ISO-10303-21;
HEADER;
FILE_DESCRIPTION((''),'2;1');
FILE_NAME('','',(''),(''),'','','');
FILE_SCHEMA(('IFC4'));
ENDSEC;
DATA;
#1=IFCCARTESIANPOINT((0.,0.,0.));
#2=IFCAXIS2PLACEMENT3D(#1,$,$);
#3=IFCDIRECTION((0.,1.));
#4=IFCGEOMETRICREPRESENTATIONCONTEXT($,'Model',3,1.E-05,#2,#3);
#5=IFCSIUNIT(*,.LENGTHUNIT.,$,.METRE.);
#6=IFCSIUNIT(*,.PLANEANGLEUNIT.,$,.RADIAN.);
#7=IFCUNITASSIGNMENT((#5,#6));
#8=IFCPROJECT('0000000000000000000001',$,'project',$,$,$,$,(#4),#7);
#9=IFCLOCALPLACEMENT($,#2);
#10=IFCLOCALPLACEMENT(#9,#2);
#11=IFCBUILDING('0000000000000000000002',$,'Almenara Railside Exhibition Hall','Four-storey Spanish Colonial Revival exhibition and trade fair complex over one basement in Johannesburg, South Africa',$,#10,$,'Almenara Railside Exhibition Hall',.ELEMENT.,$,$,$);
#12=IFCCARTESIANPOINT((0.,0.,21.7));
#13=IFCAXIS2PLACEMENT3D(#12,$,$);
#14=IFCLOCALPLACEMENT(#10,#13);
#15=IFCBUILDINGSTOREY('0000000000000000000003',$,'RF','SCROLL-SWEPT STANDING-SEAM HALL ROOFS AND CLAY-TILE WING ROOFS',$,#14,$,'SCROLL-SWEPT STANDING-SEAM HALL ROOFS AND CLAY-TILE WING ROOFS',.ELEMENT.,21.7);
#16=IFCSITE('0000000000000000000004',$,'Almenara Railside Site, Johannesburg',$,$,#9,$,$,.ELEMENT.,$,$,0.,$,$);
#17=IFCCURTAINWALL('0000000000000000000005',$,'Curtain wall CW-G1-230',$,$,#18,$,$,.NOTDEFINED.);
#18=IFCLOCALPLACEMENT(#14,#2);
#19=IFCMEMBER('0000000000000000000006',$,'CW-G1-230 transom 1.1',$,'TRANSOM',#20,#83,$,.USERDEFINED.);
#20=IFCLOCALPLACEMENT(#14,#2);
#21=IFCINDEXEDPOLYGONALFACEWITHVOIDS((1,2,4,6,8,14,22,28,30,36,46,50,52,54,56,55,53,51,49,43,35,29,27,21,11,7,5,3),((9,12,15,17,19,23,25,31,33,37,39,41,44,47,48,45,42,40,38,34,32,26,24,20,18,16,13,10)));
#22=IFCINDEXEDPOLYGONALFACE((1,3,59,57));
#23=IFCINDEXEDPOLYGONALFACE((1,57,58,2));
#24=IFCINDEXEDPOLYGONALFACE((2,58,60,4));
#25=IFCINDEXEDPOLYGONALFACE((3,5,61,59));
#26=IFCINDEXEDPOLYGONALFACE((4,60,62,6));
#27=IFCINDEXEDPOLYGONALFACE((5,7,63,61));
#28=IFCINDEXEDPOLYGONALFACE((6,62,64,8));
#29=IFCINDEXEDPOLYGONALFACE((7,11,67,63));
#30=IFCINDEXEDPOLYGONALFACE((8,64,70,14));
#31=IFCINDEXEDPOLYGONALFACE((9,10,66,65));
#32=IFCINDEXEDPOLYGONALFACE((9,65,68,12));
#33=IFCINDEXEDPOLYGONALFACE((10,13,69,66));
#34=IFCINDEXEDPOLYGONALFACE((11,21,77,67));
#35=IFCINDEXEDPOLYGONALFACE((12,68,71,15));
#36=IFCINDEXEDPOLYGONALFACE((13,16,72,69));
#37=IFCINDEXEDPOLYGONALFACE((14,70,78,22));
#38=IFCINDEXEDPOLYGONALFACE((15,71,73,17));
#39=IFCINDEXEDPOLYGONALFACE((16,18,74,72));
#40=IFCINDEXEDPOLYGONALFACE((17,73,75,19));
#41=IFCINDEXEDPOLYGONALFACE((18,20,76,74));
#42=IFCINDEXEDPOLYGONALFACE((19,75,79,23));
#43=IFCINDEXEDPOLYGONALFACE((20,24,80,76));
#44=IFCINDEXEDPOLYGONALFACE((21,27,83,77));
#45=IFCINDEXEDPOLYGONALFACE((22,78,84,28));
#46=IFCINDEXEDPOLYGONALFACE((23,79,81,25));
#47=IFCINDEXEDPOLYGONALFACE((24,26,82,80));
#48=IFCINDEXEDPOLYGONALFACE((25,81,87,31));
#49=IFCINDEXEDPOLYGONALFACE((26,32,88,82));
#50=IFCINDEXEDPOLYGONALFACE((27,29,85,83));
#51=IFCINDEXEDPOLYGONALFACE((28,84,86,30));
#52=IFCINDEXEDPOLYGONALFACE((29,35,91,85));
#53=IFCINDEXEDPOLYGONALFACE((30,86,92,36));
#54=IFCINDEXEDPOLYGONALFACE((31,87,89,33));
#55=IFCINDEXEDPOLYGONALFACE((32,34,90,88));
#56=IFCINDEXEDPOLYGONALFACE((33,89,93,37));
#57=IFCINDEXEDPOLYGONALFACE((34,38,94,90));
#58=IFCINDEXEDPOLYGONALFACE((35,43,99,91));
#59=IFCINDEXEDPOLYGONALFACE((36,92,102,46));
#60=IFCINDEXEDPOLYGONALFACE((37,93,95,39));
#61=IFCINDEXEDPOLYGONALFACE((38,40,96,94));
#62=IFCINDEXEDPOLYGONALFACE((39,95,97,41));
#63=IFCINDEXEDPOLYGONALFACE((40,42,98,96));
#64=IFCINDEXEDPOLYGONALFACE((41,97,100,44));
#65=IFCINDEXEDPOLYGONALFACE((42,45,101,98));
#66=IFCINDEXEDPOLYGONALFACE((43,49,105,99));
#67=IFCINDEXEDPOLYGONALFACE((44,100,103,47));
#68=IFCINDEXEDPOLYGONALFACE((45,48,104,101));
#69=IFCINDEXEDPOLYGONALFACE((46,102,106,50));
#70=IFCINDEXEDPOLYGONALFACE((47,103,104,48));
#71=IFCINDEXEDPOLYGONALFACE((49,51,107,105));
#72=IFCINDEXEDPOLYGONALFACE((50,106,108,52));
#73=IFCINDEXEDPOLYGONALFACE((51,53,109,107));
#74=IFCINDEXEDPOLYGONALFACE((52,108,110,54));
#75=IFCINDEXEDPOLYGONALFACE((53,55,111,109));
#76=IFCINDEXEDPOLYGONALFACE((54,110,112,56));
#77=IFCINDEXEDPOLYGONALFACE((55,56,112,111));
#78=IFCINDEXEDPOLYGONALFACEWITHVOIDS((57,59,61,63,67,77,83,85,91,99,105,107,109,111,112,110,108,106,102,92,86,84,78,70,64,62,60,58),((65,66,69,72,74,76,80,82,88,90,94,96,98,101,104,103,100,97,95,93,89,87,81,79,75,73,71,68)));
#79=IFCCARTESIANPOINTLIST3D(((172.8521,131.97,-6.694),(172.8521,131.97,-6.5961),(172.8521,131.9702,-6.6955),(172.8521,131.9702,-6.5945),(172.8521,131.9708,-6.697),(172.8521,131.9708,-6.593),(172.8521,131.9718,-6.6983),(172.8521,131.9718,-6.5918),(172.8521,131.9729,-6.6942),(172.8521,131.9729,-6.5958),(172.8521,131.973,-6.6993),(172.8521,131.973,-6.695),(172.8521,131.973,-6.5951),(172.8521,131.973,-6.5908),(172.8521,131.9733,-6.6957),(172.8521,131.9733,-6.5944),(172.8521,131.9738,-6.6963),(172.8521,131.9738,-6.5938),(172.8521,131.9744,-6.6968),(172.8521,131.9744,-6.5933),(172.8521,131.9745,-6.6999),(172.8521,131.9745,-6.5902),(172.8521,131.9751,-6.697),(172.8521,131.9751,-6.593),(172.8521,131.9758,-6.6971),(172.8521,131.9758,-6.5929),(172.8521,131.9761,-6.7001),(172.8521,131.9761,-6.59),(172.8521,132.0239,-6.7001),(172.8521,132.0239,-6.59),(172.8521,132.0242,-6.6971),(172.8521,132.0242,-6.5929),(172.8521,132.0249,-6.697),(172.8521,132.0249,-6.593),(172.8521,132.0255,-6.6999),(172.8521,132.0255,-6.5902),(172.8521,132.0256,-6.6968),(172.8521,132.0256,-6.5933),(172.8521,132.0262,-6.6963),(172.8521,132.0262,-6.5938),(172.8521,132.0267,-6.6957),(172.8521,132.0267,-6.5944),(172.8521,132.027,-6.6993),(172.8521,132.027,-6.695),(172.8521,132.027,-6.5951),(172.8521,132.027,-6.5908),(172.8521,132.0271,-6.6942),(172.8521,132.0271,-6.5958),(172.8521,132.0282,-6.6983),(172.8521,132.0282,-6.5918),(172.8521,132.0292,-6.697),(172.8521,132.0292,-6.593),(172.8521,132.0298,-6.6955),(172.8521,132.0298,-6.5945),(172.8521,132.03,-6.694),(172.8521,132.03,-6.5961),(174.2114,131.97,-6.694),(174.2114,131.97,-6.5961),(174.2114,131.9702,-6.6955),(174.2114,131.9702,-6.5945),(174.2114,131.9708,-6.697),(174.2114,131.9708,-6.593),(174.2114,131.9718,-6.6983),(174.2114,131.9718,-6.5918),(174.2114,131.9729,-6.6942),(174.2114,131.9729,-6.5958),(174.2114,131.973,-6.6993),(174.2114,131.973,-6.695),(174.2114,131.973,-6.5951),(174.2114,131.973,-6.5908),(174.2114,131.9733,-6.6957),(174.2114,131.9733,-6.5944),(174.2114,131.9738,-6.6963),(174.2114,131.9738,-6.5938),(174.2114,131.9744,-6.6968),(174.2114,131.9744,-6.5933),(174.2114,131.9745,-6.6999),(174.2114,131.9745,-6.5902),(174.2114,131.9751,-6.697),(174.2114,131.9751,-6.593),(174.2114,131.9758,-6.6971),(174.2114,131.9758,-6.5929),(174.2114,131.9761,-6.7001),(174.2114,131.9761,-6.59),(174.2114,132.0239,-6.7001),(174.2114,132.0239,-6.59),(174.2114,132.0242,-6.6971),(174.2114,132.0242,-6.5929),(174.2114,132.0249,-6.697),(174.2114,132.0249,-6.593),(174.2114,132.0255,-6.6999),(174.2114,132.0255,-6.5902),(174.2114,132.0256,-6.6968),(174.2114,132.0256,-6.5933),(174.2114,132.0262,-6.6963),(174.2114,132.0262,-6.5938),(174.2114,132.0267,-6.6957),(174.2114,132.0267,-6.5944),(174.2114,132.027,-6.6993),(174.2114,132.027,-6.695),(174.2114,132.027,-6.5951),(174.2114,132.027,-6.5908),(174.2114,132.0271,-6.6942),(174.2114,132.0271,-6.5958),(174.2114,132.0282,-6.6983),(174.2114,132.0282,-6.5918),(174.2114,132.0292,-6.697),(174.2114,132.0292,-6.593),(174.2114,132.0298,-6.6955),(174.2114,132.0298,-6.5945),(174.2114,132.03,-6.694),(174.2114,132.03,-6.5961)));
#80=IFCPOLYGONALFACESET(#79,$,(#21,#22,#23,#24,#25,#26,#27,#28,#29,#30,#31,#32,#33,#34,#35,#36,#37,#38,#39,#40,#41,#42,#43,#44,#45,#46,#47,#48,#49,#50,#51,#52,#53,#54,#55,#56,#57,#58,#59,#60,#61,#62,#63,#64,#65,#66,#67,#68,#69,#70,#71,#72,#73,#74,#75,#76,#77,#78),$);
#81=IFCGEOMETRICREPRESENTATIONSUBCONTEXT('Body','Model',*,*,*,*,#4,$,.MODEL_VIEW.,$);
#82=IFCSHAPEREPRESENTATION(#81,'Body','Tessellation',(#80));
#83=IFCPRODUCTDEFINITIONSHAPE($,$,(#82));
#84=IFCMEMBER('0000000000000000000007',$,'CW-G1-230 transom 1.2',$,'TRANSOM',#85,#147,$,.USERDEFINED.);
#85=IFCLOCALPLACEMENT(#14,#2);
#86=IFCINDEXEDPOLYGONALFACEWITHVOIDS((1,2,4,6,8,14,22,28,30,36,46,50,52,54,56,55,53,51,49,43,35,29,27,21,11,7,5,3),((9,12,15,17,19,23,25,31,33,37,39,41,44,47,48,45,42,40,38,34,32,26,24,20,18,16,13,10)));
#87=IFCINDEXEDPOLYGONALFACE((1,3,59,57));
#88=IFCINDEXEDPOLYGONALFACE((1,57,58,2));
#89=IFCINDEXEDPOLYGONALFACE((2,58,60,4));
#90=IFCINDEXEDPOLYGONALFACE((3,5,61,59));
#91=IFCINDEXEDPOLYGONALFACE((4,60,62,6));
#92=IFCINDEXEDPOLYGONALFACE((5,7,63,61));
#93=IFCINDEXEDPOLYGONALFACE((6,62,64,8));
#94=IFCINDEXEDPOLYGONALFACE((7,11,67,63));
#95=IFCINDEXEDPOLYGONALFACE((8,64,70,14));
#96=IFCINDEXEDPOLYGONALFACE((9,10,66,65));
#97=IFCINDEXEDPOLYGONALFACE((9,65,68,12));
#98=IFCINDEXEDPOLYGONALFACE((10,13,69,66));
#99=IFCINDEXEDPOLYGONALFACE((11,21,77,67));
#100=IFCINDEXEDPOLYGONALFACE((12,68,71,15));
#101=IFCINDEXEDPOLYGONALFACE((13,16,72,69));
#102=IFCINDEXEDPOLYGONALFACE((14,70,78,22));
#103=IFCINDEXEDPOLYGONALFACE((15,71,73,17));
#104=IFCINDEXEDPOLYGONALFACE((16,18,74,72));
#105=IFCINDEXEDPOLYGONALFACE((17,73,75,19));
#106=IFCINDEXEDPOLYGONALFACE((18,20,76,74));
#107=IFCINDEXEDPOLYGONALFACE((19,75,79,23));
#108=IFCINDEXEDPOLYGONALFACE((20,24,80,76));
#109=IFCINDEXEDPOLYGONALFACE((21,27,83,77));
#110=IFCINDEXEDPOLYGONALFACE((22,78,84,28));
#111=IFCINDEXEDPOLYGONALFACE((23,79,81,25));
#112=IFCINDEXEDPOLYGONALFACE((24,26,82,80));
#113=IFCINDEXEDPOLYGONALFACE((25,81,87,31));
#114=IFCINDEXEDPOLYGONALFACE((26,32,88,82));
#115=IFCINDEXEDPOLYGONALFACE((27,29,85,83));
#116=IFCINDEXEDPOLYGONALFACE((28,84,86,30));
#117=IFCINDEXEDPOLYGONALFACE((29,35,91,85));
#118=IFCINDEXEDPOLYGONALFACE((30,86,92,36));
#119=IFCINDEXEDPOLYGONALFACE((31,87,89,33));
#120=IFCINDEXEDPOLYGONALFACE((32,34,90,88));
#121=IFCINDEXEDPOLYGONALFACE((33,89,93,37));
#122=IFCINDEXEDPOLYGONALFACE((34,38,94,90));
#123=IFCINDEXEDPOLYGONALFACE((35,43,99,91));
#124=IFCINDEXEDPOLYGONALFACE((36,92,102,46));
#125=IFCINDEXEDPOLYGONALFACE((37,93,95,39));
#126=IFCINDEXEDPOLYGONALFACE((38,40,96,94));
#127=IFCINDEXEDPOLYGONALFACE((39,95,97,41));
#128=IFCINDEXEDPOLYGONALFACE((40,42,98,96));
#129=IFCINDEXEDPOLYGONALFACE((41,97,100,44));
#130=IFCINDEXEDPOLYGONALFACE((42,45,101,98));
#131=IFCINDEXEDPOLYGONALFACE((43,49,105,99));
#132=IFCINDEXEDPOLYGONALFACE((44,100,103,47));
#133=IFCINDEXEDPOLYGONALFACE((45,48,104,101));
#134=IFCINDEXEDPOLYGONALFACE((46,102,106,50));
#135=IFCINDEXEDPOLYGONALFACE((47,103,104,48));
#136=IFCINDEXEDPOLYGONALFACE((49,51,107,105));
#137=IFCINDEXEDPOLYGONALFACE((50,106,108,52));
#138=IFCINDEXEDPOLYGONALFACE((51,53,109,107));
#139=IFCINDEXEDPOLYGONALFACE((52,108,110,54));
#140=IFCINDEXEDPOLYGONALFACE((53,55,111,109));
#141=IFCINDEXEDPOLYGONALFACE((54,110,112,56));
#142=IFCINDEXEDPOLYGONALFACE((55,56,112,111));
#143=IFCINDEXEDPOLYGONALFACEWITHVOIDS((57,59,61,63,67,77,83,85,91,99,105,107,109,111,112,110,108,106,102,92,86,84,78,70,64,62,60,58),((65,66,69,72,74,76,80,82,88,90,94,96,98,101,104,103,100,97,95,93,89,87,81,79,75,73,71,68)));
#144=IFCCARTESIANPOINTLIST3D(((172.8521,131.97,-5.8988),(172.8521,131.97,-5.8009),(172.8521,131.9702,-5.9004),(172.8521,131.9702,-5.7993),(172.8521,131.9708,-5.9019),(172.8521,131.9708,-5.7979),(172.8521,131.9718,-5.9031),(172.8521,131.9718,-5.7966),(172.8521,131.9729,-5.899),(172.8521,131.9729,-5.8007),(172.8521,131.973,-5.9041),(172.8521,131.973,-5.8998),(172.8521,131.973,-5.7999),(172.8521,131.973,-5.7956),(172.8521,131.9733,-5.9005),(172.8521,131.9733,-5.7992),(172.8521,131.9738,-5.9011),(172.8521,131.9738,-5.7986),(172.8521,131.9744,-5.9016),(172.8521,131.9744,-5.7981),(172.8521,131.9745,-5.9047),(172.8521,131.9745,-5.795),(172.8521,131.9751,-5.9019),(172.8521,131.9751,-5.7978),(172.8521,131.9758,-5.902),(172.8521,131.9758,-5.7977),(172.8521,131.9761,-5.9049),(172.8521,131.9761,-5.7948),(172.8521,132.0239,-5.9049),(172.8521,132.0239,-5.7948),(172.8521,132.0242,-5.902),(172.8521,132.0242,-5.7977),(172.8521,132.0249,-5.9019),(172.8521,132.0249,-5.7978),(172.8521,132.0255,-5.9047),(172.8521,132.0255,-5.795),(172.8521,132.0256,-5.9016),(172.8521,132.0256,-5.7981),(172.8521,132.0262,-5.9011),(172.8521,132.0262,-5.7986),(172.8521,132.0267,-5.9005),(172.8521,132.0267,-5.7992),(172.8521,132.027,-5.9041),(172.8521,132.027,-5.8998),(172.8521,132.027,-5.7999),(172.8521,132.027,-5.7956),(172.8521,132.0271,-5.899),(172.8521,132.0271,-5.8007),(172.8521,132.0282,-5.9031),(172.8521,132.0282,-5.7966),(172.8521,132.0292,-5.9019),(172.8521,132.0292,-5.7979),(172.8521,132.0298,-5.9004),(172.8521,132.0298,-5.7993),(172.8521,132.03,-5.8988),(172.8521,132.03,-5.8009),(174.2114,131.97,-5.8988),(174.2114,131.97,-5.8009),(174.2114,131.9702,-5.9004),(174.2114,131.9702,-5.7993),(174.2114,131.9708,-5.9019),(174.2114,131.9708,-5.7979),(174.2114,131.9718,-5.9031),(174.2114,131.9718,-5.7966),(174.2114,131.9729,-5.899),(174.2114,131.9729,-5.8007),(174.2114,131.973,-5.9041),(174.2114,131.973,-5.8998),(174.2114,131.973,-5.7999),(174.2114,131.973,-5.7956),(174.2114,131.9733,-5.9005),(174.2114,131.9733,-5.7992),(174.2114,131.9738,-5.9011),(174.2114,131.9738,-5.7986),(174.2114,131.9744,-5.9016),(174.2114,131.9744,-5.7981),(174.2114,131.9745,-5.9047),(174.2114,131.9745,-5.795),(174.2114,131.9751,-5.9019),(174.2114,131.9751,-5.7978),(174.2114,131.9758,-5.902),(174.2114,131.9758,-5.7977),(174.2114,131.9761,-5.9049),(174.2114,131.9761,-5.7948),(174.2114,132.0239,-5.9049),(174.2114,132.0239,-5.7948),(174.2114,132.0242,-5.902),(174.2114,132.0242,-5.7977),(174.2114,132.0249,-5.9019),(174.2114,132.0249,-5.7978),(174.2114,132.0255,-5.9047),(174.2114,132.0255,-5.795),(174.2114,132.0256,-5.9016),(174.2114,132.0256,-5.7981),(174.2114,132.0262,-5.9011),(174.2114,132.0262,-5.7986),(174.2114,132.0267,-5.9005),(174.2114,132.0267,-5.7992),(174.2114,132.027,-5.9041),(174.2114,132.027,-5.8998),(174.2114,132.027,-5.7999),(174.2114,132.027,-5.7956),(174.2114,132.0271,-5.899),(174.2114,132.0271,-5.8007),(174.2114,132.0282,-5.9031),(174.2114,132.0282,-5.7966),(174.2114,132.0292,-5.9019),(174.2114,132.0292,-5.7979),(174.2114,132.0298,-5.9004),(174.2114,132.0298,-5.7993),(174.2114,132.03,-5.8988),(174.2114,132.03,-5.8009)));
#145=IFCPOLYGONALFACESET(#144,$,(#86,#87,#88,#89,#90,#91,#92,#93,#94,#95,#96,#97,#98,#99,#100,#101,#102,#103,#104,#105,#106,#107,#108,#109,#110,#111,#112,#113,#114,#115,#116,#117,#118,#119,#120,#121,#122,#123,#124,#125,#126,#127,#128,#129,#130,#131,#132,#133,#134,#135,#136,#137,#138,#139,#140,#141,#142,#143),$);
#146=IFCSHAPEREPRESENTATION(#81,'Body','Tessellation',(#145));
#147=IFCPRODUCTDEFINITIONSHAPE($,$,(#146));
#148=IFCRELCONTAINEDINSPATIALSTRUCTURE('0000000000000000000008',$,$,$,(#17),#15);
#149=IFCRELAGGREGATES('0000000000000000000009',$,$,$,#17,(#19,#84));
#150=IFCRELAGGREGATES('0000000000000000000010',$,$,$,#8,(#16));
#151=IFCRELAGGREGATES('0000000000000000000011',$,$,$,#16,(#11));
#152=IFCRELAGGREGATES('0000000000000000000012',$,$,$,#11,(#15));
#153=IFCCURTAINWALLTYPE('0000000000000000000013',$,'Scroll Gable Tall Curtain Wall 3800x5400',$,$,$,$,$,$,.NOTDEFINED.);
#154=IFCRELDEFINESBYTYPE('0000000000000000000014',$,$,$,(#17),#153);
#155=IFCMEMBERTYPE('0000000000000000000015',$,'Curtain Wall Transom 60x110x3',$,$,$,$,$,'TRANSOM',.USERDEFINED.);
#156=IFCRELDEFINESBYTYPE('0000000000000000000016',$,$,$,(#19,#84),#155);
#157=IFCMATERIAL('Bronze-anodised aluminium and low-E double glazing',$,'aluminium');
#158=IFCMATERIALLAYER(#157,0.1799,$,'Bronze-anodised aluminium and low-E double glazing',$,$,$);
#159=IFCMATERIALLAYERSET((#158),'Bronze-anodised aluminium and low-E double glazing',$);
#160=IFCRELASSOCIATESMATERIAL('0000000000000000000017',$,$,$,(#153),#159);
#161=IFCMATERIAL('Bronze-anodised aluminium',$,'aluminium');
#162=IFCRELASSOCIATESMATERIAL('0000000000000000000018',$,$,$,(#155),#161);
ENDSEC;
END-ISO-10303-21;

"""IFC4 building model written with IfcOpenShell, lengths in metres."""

from ifc_helpers import new_model, si_unit, direction, frame, origin, origin_2d, place, context, subcontext, project, spatial, hollow_rectangle, extrude, material, layer, layer_set, material_profile, profile_set, type_object, element, aggregate, save


model = new_model("IFC4")

# Units and contexts
model_context = context("Model", 3, precision=1e-05, world=origin(), true_north=direction((0.0, 1.0)))
body_context = subcontext(model_context, "Body", "Model", "MODEL_VIEW")
ifc_project = project(units=[si_unit("LENGTHUNIT", "METRE"), si_unit("PLANEANGLEUNIT", "RADIAN")], contexts=[model_context])

# Site, building, storey
site_placement = place(None, origin())
site = spatial("IfcSite", under=ifc_project, at=site_placement, Name="Almenara Railside Site, Johannesburg", CompositionType="ELEMENT", RefElevation=0.0)
building_placement = place(site_placement, origin())
building = spatial("IfcBuilding", under=site, at=building_placement, Name="Almenara Railside Exhibition Hall", Description="Four-storey Spanish Colonial Revival exhibition and trade fair complex over one basement in Johannesburg, South Africa", LongName="Almenara Railside Exhibition Hall", CompositionType="ELEMENT")
storey_placement = place(building_placement, frame((0.0, 0.0, 21.7)))
storey = spatial("IfcBuildingStorey", under=building, at=storey_placement, Name="RF", Description="SCROLL-SWEPT STANDING-SEAM HALL ROOFS AND CLAY-TILE WING ROOFS", LongName="SCROLL-SWEPT STANDING-SEAM HALL ROOFS AND CLAY-TILE WING ROOFS", CompositionType="ELEMENT", Elevation=21.7)

# Curtain wall
ifc_material_1 = material(Name="Bronze-anodised aluminium and low-E double glazing", Category="aluminium")
ifc_layer_1 = layer(ifc_material_1, 0.1799, Name="Bronze-anodised aluminium and low-E double glazing")
ifc_layer_set_1 = layer_set([ifc_layer_1], Name="Bronze-anodised aluminium and low-E double glazing")
curtain_wall_type = type_object("IfcCurtainWallType", Name="Scroll Gable Tall Curtain Wall 3800x5400", PredefinedType="NOTDEFINED", material=ifc_layer_set_1)
ifc_material_2 = material(Name="Bronze-anodised aluminium", Category="aluminium")
curtain_wall_1_placement = place(storey_placement, origin())
curtain_wall_1 = element("IfcCurtainWall", 1, at=curtain_wall_1_placement, inside=storey, type_object=curtain_wall_type, Name="Curtain wall CW-G1-230", PredefinedType="NOTDEFINED")

# Members
ifc_material_profile_1 = material_profile(ifc_material_2, hollow_rectangle(XDim=0.0601, YDim=0.1101, WallThickness=0.0029, InnerFilletRadius=0.0029, OuterFilletRadius=0.0061, at=origin_2d()), Name="ALU-TRN 60x110x3")
ifc_profile_set_1 = profile_set([ifc_material_profile_1], Name="Bronze-anodised aluminium")
member_type_1 = type_object("IfcMemberType", Name="Curtain Wall Transom 60x110x3", ElementType="TRANSOM", PredefinedType="USERDEFINED", material=ifc_profile_set_1)
member_1_placement = place(storey_placement, frame((172.8521, 132.0, -6.645), z_axis=(1.0, 0.0, 0.0), x_axis=(0.0, 1.0, 0.0)))
member_1 = element("IfcMember", 2, at=member_1_placement, type_object=member_type_1, Name="CW-G1-230 transom 1.1", ObjectType="TRANSOM", PredefinedType="USERDEFINED", context=body_context, shape_type="SweptSolid", body=[
    extrude(hollow_rectangle(XDim=0.0601, YDim=0.1101, WallThickness=0.0029, InnerFilletRadius=0.0029, OuterFilletRadius=0.0061, at=origin_2d()), origin(), (0.0, 0.0, 1.0), 1.3594),
])
member_2_placement = place(storey_placement, frame((172.8521, 132.0, -5.8499), z_axis=(1.0, 0.0, 0.0), x_axis=(0.0, 1.0, 0.0)))
member_2 = element("IfcMember", 3, at=member_2_placement, type_object=member_type_1, Name="CW-G1-230 transom 1.2", ObjectType="TRANSOM", PredefinedType="USERDEFINED", context=body_context, shape_type="SweptSolid", body=[
    extrude(hollow_rectangle(XDim=0.0601, YDim=0.1101, WallThickness=0.0029, InnerFilletRadius=0.0029, OuterFilletRadius=0.0061, at=origin_2d()), origin(), (0.0, 0.0, 1.0), 1.3594),
])

aggregate(curtain_wall_1, [member_1, member_2])

save(model, "model.ifc")
